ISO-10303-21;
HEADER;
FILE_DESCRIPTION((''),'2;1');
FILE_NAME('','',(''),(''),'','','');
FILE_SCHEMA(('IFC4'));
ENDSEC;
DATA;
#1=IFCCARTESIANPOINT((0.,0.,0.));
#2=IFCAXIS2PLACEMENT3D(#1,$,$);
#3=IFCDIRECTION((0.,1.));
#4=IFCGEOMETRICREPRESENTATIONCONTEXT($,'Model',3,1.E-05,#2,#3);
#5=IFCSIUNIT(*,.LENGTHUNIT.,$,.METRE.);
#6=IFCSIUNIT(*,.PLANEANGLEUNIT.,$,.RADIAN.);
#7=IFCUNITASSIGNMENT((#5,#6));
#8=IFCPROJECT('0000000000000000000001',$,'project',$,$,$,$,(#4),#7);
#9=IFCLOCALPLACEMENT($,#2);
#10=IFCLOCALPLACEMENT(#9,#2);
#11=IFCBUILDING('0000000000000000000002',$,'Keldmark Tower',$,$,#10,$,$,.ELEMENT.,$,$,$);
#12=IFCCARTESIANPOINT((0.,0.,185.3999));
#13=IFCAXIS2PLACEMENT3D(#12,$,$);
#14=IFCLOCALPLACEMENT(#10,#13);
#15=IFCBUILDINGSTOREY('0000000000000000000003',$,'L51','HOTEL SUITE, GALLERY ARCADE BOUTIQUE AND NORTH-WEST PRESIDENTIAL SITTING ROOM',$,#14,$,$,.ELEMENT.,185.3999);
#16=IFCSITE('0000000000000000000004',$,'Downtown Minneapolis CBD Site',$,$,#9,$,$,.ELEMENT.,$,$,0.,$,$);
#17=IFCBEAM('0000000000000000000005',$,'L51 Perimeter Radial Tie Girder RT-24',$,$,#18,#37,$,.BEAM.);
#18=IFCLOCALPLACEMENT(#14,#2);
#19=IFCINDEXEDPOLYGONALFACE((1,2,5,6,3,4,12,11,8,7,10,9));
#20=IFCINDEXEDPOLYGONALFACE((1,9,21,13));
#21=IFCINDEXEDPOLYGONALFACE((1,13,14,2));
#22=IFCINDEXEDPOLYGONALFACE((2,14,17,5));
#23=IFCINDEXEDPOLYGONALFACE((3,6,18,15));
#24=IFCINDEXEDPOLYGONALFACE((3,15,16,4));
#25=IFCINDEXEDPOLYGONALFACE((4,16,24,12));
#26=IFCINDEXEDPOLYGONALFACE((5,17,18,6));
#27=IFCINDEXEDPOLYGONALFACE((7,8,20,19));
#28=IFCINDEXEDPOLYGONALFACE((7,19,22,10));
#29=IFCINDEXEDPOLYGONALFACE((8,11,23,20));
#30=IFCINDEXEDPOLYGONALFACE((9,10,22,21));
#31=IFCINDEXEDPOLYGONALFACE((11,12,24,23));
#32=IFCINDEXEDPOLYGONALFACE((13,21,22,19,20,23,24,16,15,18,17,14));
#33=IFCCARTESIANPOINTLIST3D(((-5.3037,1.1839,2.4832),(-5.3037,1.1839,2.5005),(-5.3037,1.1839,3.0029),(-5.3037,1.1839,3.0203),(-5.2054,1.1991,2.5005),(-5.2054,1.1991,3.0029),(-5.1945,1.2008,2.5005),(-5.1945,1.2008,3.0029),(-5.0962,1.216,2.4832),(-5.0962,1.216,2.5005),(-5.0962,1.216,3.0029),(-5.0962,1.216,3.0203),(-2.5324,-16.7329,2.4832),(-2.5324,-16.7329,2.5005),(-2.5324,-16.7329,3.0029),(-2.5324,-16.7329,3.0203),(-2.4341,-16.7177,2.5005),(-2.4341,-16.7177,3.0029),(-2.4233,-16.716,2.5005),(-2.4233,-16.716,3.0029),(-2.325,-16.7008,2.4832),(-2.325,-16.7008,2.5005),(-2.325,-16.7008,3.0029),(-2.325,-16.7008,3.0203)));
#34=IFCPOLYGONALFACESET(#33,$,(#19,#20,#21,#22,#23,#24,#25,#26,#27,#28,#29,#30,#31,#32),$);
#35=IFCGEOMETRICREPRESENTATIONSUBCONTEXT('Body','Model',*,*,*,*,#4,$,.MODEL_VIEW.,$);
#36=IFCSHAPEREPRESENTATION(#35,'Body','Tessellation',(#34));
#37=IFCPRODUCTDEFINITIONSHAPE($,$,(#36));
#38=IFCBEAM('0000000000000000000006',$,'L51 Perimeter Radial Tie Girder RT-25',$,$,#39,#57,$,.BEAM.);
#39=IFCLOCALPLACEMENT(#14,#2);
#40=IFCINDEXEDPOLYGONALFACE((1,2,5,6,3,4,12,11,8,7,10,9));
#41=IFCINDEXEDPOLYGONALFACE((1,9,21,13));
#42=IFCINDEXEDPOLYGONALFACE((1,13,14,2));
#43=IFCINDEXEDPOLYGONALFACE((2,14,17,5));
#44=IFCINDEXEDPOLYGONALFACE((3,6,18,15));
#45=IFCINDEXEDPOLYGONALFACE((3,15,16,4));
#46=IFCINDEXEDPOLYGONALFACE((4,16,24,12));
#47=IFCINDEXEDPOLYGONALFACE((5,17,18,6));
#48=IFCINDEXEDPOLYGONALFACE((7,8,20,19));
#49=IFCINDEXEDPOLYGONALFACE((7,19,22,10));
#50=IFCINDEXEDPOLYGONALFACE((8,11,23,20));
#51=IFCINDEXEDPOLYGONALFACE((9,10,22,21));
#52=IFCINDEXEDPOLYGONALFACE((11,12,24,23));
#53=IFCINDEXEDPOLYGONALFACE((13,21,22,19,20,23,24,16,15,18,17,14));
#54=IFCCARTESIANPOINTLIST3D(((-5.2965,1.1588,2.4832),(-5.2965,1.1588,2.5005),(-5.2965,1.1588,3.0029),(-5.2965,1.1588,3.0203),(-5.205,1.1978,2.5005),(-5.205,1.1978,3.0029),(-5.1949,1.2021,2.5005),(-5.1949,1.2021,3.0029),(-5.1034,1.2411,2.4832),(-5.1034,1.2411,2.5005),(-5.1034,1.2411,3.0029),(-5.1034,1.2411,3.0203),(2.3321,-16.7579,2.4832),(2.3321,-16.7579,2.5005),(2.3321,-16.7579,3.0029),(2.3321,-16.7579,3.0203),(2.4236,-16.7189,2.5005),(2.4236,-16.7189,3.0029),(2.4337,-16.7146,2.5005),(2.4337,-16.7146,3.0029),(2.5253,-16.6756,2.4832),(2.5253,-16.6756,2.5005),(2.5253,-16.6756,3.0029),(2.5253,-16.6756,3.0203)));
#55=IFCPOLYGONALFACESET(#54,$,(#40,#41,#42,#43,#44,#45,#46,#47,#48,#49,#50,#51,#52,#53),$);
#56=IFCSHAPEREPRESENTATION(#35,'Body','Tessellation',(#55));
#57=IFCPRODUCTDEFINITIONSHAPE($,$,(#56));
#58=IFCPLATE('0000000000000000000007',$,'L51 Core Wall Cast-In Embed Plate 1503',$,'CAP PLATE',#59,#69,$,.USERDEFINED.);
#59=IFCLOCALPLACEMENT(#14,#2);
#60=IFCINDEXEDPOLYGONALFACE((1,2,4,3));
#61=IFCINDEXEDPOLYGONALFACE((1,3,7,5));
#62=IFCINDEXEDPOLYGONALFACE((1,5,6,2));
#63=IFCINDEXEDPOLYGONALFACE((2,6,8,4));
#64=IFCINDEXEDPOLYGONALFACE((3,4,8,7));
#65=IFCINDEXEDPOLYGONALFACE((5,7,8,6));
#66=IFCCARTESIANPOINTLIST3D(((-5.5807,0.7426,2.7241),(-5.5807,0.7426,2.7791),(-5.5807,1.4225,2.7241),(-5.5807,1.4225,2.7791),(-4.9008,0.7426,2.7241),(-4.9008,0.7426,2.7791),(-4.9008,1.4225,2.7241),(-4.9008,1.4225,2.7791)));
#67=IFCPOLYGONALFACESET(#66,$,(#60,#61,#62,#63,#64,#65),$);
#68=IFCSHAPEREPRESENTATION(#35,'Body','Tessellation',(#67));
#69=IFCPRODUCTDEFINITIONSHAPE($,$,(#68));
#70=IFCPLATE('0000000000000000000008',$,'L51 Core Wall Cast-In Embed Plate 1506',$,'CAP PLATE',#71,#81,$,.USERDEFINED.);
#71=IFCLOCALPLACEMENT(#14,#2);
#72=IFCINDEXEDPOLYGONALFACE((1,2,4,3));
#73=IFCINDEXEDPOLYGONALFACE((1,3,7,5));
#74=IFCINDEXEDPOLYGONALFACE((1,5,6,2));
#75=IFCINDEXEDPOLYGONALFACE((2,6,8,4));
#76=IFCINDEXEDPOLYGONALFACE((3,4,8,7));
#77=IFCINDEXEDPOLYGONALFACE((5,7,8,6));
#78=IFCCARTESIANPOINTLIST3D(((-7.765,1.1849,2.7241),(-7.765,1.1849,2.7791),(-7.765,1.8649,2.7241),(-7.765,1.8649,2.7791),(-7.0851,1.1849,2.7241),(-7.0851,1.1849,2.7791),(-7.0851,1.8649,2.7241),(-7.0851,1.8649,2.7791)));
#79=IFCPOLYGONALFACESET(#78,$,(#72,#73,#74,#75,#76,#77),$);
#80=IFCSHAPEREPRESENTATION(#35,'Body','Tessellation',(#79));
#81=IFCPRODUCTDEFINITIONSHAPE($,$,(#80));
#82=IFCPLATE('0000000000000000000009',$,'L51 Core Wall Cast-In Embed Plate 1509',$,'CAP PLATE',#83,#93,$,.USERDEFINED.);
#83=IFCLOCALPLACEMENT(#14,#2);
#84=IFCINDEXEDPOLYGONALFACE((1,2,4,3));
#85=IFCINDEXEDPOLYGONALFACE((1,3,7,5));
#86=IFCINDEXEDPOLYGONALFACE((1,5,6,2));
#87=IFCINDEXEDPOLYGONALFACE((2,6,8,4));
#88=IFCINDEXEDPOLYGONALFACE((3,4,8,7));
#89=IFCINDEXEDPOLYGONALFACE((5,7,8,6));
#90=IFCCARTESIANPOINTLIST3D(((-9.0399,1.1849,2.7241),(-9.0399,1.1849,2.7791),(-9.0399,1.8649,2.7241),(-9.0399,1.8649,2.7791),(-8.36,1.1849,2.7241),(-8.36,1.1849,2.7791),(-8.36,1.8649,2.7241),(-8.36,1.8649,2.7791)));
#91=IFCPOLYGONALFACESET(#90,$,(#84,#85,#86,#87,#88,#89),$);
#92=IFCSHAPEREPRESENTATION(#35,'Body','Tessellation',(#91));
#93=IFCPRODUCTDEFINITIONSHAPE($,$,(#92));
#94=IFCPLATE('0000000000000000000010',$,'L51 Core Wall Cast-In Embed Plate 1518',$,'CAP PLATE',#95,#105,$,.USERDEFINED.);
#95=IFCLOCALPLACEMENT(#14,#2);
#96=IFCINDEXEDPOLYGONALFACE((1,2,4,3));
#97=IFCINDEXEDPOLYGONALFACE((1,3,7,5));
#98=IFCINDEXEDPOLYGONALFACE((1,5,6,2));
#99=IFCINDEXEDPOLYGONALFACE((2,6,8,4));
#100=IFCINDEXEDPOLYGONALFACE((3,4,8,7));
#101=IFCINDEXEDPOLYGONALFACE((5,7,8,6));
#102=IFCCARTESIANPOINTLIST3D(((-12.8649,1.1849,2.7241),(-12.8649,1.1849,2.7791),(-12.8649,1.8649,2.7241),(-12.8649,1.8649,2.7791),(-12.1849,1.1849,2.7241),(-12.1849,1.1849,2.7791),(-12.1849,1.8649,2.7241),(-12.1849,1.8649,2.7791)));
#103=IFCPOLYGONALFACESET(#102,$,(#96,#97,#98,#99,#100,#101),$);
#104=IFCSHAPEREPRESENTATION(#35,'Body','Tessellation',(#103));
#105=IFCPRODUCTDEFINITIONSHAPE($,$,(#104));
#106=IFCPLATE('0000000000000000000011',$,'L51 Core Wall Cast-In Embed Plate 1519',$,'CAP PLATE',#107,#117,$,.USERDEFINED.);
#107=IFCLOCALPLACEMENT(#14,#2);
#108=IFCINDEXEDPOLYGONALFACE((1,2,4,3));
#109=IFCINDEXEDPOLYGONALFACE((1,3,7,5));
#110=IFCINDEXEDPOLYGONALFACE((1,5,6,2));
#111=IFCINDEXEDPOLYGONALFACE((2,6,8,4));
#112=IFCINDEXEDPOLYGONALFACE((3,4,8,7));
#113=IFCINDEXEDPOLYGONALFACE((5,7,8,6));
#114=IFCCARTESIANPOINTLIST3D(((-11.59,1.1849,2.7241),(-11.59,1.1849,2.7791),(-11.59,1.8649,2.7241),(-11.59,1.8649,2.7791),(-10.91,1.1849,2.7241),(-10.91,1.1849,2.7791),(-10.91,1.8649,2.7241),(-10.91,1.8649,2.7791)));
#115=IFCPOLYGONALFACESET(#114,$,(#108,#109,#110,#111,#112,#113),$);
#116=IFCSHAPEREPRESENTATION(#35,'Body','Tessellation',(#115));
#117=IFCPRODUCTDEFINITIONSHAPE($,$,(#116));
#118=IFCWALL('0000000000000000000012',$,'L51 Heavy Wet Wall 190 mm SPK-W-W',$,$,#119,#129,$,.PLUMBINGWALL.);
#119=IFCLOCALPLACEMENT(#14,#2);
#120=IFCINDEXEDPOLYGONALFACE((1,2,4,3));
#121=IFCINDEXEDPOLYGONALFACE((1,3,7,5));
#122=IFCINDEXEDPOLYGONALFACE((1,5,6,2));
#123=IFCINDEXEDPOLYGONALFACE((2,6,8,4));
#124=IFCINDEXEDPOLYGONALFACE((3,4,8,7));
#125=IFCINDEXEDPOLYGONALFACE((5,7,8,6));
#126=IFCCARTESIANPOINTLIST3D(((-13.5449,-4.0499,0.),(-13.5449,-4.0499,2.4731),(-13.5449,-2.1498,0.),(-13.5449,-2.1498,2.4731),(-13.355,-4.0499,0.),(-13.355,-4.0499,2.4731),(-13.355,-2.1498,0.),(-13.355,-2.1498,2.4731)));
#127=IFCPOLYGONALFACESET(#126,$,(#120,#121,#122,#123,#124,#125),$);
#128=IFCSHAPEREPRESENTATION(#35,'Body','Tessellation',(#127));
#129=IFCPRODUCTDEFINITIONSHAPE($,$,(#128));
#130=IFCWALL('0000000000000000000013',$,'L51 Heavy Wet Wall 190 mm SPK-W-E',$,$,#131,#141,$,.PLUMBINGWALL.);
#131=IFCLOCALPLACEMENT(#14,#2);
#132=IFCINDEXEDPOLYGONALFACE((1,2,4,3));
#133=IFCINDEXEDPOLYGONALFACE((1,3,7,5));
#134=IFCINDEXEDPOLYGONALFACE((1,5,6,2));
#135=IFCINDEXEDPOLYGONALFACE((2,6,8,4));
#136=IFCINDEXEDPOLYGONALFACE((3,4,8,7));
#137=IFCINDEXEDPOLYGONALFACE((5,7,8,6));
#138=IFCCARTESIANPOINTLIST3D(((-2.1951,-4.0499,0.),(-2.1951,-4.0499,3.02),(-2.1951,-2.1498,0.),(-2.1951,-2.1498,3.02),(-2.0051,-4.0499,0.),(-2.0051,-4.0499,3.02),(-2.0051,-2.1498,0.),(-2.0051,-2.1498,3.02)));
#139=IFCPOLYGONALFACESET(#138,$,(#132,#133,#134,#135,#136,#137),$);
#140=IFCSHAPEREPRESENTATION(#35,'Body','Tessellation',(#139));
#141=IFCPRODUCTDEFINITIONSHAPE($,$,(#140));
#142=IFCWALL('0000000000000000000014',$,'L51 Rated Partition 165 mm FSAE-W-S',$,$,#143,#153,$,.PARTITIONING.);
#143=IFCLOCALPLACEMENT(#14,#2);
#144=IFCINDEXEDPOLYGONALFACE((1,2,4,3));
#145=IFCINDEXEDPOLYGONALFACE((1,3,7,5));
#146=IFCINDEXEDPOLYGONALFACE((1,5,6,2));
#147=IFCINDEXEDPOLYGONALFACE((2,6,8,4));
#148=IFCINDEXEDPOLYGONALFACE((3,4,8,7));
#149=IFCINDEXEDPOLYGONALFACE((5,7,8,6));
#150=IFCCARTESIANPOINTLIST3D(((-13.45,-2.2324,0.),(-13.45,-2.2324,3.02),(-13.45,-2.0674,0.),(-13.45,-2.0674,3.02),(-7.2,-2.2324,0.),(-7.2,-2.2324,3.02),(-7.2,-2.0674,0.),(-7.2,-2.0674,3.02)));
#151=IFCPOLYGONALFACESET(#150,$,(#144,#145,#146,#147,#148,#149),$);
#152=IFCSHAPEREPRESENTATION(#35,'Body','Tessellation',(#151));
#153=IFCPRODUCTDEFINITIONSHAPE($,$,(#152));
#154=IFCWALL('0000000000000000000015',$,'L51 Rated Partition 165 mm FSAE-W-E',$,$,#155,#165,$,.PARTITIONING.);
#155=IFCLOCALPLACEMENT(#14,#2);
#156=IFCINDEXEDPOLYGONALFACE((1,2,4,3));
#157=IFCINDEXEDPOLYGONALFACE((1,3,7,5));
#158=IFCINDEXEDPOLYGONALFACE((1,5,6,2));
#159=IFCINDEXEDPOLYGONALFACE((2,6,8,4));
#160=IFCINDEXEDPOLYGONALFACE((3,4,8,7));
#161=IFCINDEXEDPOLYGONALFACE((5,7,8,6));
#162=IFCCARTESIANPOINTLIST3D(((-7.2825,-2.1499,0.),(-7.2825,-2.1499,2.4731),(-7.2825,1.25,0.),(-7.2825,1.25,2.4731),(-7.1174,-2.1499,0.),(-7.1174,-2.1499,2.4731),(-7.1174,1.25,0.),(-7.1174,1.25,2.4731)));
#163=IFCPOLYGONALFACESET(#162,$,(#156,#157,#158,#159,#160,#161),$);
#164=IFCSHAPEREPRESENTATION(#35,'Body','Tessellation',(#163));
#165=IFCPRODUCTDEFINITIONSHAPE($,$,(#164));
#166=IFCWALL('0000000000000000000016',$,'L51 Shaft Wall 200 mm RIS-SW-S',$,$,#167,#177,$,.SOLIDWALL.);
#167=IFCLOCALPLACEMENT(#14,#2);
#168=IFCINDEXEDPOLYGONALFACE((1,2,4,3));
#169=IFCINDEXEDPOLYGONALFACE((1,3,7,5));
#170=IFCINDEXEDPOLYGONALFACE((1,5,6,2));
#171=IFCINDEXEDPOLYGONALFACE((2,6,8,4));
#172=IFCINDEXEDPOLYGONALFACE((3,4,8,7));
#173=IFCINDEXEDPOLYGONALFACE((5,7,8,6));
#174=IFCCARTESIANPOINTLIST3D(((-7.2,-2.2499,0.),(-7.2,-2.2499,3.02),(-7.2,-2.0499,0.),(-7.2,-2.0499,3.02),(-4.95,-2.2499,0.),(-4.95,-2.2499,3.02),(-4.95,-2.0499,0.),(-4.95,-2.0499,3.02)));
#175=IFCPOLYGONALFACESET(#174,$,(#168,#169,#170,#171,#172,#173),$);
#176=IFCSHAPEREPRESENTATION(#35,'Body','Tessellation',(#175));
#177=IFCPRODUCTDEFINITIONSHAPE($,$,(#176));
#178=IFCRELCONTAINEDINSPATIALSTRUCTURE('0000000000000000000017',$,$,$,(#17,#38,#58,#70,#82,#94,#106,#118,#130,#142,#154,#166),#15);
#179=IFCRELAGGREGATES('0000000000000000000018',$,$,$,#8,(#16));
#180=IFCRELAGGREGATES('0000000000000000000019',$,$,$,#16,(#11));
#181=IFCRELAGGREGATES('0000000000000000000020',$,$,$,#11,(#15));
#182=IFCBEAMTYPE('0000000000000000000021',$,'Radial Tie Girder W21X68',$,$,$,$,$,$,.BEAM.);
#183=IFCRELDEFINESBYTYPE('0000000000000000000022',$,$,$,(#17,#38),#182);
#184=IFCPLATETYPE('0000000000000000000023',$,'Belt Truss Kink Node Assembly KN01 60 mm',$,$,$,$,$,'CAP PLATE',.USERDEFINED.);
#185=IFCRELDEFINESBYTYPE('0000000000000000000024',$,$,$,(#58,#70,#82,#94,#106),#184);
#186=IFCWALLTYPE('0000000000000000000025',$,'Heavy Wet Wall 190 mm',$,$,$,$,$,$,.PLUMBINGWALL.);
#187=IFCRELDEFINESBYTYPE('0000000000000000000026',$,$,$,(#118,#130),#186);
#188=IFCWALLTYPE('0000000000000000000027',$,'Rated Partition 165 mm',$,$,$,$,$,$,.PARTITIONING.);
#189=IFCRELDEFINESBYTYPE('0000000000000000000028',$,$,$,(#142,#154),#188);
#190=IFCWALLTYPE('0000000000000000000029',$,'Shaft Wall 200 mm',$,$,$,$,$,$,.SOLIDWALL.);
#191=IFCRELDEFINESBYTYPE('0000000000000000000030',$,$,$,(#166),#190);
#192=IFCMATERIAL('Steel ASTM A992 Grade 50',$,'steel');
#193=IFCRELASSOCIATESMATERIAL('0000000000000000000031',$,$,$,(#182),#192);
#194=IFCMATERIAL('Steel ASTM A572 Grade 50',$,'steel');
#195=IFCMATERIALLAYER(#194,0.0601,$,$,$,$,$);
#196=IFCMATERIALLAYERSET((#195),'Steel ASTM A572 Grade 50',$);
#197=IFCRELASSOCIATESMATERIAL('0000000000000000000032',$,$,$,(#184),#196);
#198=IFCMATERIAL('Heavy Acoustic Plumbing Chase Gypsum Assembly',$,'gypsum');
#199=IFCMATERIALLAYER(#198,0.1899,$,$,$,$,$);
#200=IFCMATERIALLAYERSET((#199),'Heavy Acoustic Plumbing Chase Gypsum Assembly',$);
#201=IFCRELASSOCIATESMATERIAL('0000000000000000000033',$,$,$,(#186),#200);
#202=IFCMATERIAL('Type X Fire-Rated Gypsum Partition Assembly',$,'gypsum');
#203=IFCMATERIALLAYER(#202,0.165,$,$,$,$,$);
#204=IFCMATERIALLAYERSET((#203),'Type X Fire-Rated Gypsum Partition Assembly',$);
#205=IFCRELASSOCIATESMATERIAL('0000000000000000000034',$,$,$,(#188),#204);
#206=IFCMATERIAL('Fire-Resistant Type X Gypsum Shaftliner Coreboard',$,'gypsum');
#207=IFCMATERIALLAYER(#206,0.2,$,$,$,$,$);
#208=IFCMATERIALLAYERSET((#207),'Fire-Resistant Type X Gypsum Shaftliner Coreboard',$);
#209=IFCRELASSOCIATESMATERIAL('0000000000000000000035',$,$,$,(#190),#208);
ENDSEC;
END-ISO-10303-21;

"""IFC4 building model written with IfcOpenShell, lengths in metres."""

from ifc_helpers import new_model, si_unit, direction, frame, frame_2d, origin, origin_2d, place, context, subcontext, project, spatial, rectangle, i_section, extrude, material, layer, layer_set, material_profile, profile_set, type_object, element, save


model = new_model("IFC4")

# Units and contexts
model_context = context("Model", 3, precision=1e-05, world=origin(), true_north=direction((0.0, 1.0)))
body_context = subcontext(model_context, "Body", "Model", "MODEL_VIEW")
ifc_project = project(units=[si_unit("LENGTHUNIT", "METRE"), si_unit("PLANEANGLEUNIT", "RADIAN")], contexts=[model_context])

# Site, building, storey
site_placement = place(None, origin())
site = spatial("IfcSite", under=ifc_project, at=site_placement, Name="Downtown Minneapolis CBD Site", CompositionType="ELEMENT", RefElevation=0.0)
building_placement = place(site_placement, origin())
building = spatial("IfcBuilding", under=site, at=building_placement, Name="Keldmark Tower", CompositionType="ELEMENT")
storey_placement = place(building_placement, frame((0.0, 0.0, 185.3999)))
storey = spatial("IfcBuildingStorey", under=building, at=storey_placement, Name="L51", Description="HOTEL SUITE, GALLERY ARCADE BOUTIQUE AND NORTH-WEST PRESIDENTIAL SITTING ROOM", CompositionType="ELEMENT", Elevation=185.3999)

# Beams
ifc_material_1 = material(Name="Steel ASTM A992 Grade 50", Category="steel")
ifc_material_profile_1 = material_profile(ifc_material_1, i_section(OverallWidth=0.21, OverallDepth=0.5371, WebThickness=0.011, FlangeThickness=0.0173, at=origin_2d()), Name="W21X68")
ifc_profile_set_1 = profile_set([ifc_material_profile_1], Name="Steel ASTM A992 Grade 50")
beam_type_1 = type_object("IfcBeamType", Name="Radial Tie Girder W21X68", PredefinedType="BEAM", material=ifc_profile_set_1)
beam_1_placement = place(storey_placement, frame((-5.2, 1.2, 2.7517), z_axis=(0.152856, -0.988249, 0.0), x_axis=(0.988249, 0.152856, 0.0)))
element("IfcBeam", 1, at=beam_1_placement, inside=storey, type_object=beam_type_1, Name="L51 Perimeter Radial Tie Girder RT-24", PredefinedType="BEAM", context=body_context, shape_type="SweptSolid", body=[
    extrude(i_section(OverallWidth=0.21, OverallDepth=0.5371, WebThickness=0.011, FlangeThickness=0.0173, at=origin_2d()), origin(), (0.0, 0.0, 1.0), 18.1299),
])
beam_2_placement = place(storey_placement, frame((-5.2, 1.2, 2.7517), z_axis=(0.391751, -0.920071, 0.0), x_axis=(0.920071, 0.391751, 0.0)))
element("IfcBeam", 2, at=beam_2_placement, inside=storey, type_object=beam_type_1, Name="L51 Perimeter Radial Tie Girder RT-25", PredefinedType="BEAM", context=body_context, shape_type="SweptSolid", body=[
    extrude(i_section(OverallWidth=0.21, OverallDepth=0.5371, WebThickness=0.011, FlangeThickness=0.0173, at=origin_2d()), origin(), (0.0, 0.0, 1.0), 19.4731),
])

# Plates
ifc_material_2 = material(Name="Steel ASTM A572 Grade 50", Category="steel")
ifc_layer_1 = layer(ifc_material_2, 0.0601)
ifc_layer_set_1 = layer_set([ifc_layer_1], Name="Steel ASTM A572 Grade 50")
plate_type = type_object("IfcPlateType", Name="Belt Truss Kink Node Assembly KN01 60 mm", ElementType="CAP PLATE", PredefinedType="USERDEFINED", material=ifc_layer_set_1)
for number, where, z_axis, x_axis, name in (
    (3, (-5.2407, 1.0825, 2.7241), (0.0, 0.0, 1.0), (1.0, 0.0, 0.0), "L51 Core Wall Cast-In Embed Plate 1503"),
    (4, (-7.425, 1.5249, 2.7241), (0.0, 0.0, 1.0), (1.0, 0.0, 0.0), "L51 Core Wall Cast-In Embed Plate 1506"),
    (5, (-8.7, 1.5249, 2.7241), (0.0, 0.0, 1.0), (1.0, 0.0, 0.0), "L51 Core Wall Cast-In Embed Plate 1509"),
    (6, (-12.5249, 1.5249, 2.7241), (0.0, 0.0, 1.0), (1.0, 0.0, 0.0), "L51 Core Wall Cast-In Embed Plate 1518"),
    (7, (-11.25, 1.5249, 2.7241), (0.0, 0.0, 1.0), (1.0, 0.0, 0.0), "L51 Core Wall Cast-In Embed Plate 1519"),
):
    element("IfcPlate", number, at=place(storey_placement, frame(where, z_axis=z_axis, x_axis=x_axis)), inside=storey, type_object=plate_type, Name=name, ObjectType="CAP PLATE", PredefinedType="USERDEFINED", context=body_context, shape_type="SweptSolid", body=[
        extrude(rectangle(XDim=0.6799, YDim=0.6799, at=origin_2d()), origin(), (0.0, 0.0, 1.0), 0.0549),
    ])

# Walls
ifc_material_3 = material(Name="Heavy Acoustic Plumbing Chase Gypsum Assembly", Category="gypsum")
ifc_layer_2 = layer(ifc_material_3, 0.1899)
ifc_layer_set_2 = layer_set([ifc_layer_2], Name="Heavy Acoustic Plumbing Chase Gypsum Assembly")
wall_type_1 = type_object("IfcWallType", Name="Heavy Wet Wall 190 mm", PredefinedType="PLUMBINGWALL", material=ifc_layer_set_2)
wall_1_placement = place(storey_placement, frame((-13.45, -4.05, 0.0), z_axis=(0.0, 0.0, 1.0), x_axis=(0.0, 1.0, 0.0)))
element("IfcWall", 8, at=wall_1_placement, inside=storey, type_object=wall_type_1, Name="L51 Heavy Wet Wall 190 mm SPK-W-W", PredefinedType="PLUMBINGWALL", context=body_context, shape_type="SweptSolid", body=[
    extrude(rectangle(XDim=1.9001, YDim=0.1899, at=frame_2d((0.9502, 0.0))), origin(), (0.0, 0.0, 1.0), 2.4731),
])
wall_2_placement = place(storey_placement, frame((-2.1001, -4.05, 0.0), z_axis=(0.0, 0.0, 1.0), x_axis=(0.0, 1.0, 0.0)))
element("IfcWall", 9, at=wall_2_placement, inside=storey, type_object=wall_type_1, Name="L51 Heavy Wet Wall 190 mm SPK-W-E", PredefinedType="PLUMBINGWALL", context=body_context, shape_type="SweptSolid", body=[
    extrude(rectangle(XDim=1.9001, YDim=0.1899, at=frame_2d((0.9502, 0.0))), origin(), (0.0, 0.0, 1.0), 3.02),
])
ifc_material_4 = material(Name="Type X Fire-Rated Gypsum Partition Assembly", Category="gypsum")
ifc_layer_3 = layer(ifc_material_4, 0.165)
ifc_layer_set_3 = layer_set([ifc_layer_3], Name="Type X Fire-Rated Gypsum Partition Assembly")
wall_type_2 = type_object("IfcWallType", Name="Rated Partition 165 mm", PredefinedType="PARTITIONING", material=ifc_layer_set_3)
wall_3_placement = place(storey_placement, frame((-13.45, -2.1499, 0.0), z_axis=(0.0, 0.0, 1.0), x_axis=(1.0, 0.0, 0.0)))
element("IfcWall", 10, at=wall_3_placement, inside=storey, type_object=wall_type_2, Name="L51 Rated Partition 165 mm FSAE-W-S", PredefinedType="PARTITIONING", context=body_context, shape_type="SweptSolid", body=[
    extrude(rectangle(XDim=6.25, YDim=0.165, at=frame_2d((3.125, 0.0))), origin(), (0.0, 0.0, 1.0), 3.02),
])

# Walls
wall_4_placement = place(storey_placement, frame((-7.2, -2.1499, 0.0), z_axis=(0.0, 0.0, 1.0), x_axis=(0.0, 1.0, 0.0)))
element("IfcWall", 11, at=wall_4_placement, inside=storey, type_object=wall_type_2, Name="L51 Rated Partition 165 mm FSAE-W-E", PredefinedType="PARTITIONING", context=body_context, shape_type="SweptSolid", body=[
    extrude(rectangle(XDim=3.3999, YDim=0.165, at=frame_2d((1.7, 0.0))), origin(), (0.0, 0.0, 1.0), 2.4731),
])
ifc_material_5 = material(Name="Fire-Resistant Type X Gypsum Shaftliner Coreboard", Category="gypsum")
ifc_layer_4 = layer(ifc_material_5, 0.2)
ifc_layer_set_4 = layer_set([ifc_layer_4], Name="Fire-Resistant Type X Gypsum Shaftliner Coreboard")
wall_type_3 = type_object("IfcWallType", Name="Shaft Wall 200 mm", PredefinedType="SOLIDWALL", material=ifc_layer_set_4)
wall_5_placement = place(storey_placement, frame((-7.2, -2.1499, 0.0), z_axis=(0.0, 0.0, 1.0), x_axis=(1.0, 0.0, 0.0)))
element("IfcWall", 12, at=wall_5_placement, inside=storey, type_object=wall_type_3, Name="L51 Shaft Wall 200 mm RIS-SW-S", PredefinedType="SOLIDWALL", context=body_context, shape_type="SweptSolid", body=[
    extrude(rectangle(XDim=2.25, YDim=0.2, at=frame_2d((1.125, 0.0))), origin(), (0.0, 0.0, 1.0), 3.02),
])

save(model, "model.ifc")
